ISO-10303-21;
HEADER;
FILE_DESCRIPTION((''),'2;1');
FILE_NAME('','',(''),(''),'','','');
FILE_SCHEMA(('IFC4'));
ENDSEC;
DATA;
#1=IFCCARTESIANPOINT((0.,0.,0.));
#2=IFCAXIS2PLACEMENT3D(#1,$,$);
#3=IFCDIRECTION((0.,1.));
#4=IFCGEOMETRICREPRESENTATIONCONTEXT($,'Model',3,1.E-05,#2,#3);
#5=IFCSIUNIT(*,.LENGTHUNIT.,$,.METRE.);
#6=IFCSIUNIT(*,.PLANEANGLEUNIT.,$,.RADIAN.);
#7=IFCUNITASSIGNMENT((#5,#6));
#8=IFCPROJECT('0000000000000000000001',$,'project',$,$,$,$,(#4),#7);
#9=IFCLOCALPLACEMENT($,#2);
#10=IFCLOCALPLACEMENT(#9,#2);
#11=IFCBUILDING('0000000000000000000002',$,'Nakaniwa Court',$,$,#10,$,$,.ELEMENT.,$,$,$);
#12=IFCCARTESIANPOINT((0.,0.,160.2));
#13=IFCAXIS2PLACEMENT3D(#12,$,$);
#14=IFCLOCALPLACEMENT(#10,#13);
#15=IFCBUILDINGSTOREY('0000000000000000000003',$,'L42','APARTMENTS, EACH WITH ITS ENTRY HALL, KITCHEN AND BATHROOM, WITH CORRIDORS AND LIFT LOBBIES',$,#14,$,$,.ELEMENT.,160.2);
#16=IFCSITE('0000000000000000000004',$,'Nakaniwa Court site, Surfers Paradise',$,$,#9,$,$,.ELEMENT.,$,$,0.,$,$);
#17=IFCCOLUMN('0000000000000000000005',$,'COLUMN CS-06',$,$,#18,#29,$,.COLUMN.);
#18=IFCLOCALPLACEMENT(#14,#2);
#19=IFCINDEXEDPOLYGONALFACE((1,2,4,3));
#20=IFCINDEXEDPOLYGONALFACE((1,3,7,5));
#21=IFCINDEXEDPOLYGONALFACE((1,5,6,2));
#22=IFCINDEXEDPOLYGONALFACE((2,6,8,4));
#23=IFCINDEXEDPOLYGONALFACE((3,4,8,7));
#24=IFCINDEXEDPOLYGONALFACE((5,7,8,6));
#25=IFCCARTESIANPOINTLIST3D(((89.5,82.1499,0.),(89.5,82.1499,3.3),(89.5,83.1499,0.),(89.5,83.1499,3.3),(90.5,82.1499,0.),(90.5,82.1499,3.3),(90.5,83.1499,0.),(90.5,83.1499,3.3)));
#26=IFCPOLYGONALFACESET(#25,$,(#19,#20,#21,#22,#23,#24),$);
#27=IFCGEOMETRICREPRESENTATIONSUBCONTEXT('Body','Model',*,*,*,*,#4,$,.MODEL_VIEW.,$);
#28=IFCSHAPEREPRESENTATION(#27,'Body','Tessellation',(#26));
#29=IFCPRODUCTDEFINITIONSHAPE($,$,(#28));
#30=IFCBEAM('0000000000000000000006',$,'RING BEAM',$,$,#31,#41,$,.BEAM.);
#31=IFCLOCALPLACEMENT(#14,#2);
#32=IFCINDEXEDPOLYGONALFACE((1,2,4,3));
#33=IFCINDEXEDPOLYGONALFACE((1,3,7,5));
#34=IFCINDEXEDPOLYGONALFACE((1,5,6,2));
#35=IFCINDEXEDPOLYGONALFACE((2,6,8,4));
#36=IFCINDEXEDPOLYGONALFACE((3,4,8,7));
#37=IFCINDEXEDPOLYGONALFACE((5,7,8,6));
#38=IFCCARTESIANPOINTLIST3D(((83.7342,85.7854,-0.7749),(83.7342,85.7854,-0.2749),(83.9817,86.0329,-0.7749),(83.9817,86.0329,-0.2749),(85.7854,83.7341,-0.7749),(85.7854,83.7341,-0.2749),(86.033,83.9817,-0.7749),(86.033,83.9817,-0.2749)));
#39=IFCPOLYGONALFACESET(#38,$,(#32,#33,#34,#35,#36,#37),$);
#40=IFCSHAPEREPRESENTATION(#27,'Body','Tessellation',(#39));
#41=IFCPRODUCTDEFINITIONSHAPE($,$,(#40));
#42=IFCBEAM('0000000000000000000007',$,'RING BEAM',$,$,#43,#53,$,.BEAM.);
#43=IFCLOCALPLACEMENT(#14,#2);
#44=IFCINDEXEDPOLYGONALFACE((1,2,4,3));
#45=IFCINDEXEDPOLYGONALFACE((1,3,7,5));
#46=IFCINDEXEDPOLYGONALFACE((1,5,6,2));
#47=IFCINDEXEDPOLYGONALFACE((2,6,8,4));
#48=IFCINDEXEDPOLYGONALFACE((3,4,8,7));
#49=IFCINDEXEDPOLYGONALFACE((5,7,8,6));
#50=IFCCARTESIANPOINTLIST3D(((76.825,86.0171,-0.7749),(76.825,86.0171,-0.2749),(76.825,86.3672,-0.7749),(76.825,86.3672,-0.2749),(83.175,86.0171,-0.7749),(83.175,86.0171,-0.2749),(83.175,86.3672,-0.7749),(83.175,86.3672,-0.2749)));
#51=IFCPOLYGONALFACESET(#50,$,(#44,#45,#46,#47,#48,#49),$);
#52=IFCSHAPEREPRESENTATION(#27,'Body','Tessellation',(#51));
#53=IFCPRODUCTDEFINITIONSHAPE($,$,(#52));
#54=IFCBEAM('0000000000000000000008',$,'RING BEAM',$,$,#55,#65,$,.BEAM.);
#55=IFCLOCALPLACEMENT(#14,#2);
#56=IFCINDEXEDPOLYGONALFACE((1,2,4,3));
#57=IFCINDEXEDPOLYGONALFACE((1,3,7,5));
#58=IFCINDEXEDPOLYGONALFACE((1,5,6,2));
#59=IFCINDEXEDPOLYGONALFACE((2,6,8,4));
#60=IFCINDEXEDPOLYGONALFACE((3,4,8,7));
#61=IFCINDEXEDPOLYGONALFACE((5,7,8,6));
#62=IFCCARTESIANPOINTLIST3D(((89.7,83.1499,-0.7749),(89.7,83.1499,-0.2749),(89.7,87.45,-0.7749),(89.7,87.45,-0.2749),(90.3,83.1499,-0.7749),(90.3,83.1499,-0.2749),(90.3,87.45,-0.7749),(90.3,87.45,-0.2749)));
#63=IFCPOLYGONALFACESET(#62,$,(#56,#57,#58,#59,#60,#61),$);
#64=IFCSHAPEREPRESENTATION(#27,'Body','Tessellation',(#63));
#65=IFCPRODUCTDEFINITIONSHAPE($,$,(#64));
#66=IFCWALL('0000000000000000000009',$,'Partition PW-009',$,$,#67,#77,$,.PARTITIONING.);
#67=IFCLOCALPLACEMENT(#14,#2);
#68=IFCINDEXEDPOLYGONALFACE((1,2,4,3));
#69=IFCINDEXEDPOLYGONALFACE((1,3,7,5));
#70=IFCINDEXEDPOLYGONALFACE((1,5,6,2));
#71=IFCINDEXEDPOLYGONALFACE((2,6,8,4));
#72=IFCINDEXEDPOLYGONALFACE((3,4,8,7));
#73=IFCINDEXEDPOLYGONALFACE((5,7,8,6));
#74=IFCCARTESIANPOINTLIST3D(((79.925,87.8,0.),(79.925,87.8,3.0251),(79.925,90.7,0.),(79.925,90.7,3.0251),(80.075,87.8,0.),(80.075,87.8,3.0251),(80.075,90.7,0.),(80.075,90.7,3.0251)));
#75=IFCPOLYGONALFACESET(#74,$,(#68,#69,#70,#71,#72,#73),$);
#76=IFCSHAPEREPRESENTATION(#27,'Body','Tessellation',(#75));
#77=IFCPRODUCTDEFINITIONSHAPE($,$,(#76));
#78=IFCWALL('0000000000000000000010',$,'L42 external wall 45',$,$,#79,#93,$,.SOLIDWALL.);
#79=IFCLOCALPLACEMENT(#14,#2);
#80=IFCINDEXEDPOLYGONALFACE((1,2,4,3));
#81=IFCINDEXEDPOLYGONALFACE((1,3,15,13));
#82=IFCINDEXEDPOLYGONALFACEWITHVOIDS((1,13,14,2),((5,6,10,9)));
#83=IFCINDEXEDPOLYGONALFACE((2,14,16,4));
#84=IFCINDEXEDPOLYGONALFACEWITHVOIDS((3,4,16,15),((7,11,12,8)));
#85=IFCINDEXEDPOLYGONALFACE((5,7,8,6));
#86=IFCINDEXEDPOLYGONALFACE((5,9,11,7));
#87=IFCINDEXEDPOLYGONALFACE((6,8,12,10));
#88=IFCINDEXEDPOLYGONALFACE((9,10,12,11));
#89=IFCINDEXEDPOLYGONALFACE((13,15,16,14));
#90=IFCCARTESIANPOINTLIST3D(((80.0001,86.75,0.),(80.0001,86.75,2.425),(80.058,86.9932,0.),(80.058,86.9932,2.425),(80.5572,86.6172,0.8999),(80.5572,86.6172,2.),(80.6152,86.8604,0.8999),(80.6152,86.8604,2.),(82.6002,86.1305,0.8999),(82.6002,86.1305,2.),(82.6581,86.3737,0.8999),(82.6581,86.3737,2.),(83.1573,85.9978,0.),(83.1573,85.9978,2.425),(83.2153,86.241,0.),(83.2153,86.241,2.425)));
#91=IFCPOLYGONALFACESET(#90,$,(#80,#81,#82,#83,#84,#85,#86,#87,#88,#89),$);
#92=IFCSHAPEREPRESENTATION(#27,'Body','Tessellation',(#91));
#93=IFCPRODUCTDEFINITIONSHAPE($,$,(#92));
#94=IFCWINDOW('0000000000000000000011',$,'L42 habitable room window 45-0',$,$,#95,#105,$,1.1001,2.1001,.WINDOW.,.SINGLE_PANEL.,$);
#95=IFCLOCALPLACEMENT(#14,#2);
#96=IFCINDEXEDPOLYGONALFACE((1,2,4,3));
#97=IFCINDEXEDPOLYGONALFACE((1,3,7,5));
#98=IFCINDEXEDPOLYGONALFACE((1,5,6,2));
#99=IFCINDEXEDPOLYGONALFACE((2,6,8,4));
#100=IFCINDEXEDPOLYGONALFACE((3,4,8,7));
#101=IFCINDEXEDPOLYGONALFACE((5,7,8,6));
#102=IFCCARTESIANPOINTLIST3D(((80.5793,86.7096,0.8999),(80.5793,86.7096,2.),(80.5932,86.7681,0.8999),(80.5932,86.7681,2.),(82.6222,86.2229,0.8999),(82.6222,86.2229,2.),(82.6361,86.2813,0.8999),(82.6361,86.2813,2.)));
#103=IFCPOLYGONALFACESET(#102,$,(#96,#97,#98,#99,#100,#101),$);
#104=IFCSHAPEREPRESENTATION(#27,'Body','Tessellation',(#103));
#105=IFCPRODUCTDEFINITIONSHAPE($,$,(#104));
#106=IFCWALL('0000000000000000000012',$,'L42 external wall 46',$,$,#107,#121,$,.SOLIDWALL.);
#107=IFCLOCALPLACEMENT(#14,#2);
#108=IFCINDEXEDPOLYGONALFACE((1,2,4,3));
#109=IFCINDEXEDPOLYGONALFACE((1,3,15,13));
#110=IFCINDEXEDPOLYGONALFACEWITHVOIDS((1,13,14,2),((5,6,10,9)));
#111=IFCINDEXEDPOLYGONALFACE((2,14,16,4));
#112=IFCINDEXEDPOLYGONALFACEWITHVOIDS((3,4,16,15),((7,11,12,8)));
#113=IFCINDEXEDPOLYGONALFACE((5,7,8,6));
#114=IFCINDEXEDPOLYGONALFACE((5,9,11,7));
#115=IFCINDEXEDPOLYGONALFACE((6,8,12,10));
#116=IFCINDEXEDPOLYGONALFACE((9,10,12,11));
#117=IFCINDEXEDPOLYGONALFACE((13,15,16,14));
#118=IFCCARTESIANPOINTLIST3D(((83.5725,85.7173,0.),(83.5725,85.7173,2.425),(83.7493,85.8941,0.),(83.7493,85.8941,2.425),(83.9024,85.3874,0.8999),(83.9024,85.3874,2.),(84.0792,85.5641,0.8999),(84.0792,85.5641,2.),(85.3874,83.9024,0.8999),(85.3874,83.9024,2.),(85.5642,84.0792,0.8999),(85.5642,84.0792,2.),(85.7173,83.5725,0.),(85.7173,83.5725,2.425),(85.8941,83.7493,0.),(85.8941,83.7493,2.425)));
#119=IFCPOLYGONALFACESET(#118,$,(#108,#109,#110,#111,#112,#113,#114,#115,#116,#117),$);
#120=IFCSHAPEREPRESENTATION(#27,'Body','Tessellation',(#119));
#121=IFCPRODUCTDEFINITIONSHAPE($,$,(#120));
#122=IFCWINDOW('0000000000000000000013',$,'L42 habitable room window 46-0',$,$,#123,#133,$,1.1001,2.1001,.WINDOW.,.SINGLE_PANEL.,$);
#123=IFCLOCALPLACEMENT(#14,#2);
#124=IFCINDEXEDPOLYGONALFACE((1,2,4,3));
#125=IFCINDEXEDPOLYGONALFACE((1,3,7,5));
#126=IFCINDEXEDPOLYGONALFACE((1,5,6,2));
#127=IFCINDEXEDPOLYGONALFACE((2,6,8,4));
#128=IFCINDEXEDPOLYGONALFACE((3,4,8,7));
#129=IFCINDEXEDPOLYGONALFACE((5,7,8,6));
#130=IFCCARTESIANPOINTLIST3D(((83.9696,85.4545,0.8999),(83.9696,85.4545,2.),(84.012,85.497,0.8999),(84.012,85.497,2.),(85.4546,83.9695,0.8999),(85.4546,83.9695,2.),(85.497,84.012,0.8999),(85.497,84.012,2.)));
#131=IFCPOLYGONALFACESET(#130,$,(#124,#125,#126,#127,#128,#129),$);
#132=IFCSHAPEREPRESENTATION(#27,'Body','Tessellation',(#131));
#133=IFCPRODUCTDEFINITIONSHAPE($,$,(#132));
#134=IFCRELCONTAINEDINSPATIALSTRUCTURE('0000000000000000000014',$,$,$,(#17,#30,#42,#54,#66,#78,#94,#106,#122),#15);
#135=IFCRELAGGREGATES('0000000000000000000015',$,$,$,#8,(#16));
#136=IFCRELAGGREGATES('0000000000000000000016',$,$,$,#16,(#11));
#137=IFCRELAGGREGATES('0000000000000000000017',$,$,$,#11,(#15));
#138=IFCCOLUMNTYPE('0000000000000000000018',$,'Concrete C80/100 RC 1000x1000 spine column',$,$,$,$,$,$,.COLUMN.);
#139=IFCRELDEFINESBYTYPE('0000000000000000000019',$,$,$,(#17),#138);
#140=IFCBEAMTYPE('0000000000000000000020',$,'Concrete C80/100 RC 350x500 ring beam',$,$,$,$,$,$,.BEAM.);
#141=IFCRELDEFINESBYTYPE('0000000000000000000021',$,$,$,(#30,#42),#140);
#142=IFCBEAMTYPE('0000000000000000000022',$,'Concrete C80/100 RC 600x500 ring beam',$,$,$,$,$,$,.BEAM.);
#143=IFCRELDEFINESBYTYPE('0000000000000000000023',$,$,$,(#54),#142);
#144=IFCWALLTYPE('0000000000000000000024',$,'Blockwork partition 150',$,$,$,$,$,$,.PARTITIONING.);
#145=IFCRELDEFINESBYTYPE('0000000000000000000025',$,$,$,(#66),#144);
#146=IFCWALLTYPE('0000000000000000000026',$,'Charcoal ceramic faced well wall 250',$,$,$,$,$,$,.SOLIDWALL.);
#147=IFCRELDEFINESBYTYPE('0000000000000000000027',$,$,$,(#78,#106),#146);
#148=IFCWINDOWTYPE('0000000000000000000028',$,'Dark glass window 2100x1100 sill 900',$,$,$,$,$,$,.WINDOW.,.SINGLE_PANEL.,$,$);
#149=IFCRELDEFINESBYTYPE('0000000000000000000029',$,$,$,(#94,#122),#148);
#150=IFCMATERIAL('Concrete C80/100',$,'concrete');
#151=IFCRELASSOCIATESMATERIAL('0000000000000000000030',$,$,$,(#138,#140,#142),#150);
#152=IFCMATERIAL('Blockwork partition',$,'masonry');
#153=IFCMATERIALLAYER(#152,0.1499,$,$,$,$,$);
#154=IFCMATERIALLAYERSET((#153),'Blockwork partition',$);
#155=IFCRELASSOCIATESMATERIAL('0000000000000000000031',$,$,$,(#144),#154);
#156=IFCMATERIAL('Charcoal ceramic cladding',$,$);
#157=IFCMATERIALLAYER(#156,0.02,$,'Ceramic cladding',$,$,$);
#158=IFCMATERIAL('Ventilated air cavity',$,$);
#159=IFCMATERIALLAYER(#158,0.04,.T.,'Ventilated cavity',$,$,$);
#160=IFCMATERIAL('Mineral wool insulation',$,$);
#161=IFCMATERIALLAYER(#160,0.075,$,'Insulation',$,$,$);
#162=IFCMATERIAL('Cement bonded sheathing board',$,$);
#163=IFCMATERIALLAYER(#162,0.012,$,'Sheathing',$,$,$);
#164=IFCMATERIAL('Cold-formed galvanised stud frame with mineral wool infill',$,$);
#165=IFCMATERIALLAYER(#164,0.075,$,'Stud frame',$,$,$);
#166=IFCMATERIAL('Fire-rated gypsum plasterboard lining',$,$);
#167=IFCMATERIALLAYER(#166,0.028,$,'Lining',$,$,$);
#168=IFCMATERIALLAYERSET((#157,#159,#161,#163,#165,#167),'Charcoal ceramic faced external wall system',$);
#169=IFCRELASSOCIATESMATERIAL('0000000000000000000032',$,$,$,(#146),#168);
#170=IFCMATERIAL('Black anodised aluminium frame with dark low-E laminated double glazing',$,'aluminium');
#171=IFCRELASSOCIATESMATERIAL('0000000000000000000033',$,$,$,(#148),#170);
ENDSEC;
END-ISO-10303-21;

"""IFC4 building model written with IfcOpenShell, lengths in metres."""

from ifc_helpers import new_model, si_unit, direction, frame, frame_2d, origin, origin_2d, place, context, subcontext, project, spatial, rectangle, extrude, material, layer, layer_set, material_profile, profile_set, type_object, element, fill, save


model = new_model("IFC4")

# Units and contexts
model_context = context("Model", 3, precision=1e-05, world=origin(), true_north=direction((0.0, 1.0)))
body_context = subcontext(model_context, "Body", "Model", "MODEL_VIEW")
ifc_project = project(units=[si_unit("LENGTHUNIT", "METRE"), si_unit("PLANEANGLEUNIT", "RADIAN")], contexts=[model_context])

# Site, building, storey
site_placement = place(None, origin())
site = spatial("IfcSite", under=ifc_project, at=site_placement, Name="Nakaniwa Court site, Surfers Paradise", CompositionType="ELEMENT", RefElevation=0.0)
building_placement = place(site_placement, origin())
building = spatial("IfcBuilding", under=site, at=building_placement, Name="Nakaniwa Court", CompositionType="ELEMENT")
storey_placement = place(building_placement, frame((0.0, 0.0, 160.2)))
storey = spatial("IfcBuildingStorey", under=building, at=storey_placement, Name="L42", Description="APARTMENTS, EACH WITH ITS ENTRY HALL, KITCHEN AND BATHROOM, WITH CORRIDORS AND LIFT LOBBIES", CompositionType="ELEMENT", Elevation=160.2)

# Column
ifc_material_1 = material(Name="Concrete C80/100", Category="concrete")
ifc_material_profile_1 = material_profile(ifc_material_1, rectangle(XDim=1.0, YDim=1.0, at=origin_2d()), Name="Concrete C80/100 RC 1000x1000 spine column")
ifc_profile_set_1 = profile_set([ifc_material_profile_1], Name="Concrete C80/100")
column_type_1 = type_object("IfcColumnType", Name="Concrete C80/100 RC 1000x1000 spine column", PredefinedType="COLUMN", material=ifc_profile_set_1)
column_placement = place(storey_placement, frame((90.0, 82.6499, 0.0), z_axis=(0.0, 0.0, 1.0), x_axis=(0.0, 1.0, 0.0)))
element("IfcColumn", 1, at=column_placement, inside=storey, type_object=column_type_1, Name="COLUMN CS-06", PredefinedType="COLUMN", context=body_context, shape_type="SweptSolid", body=[
    extrude(rectangle(XDim=1.0, YDim=1.0, at=origin_2d()), origin(), (0.0, 0.0, 1.0), 3.3),
])

# Beams
ifc_material_profile_2 = material_profile(ifc_material_1, rectangle(XDim=0.3501, YDim=0.5, at=origin_2d()), Name="Concrete C80/100 RC 350x500 ring beam")
ifc_profile_set_2 = profile_set([ifc_material_profile_2], Name="Concrete C80/100")
beam_type_1 = type_object("IfcBeamType", Name="Concrete C80/100 RC 350x500 ring beam", PredefinedType="BEAM", material=ifc_profile_set_2)
beam_1_placement = place(storey_placement, frame((85.9092, 83.8579, -0.5249), z_axis=(-0.707107, 0.707107, 0.0), x_axis=(-0.707107, -0.707107, 0.0)))
element("IfcBeam", 2, at=beam_1_placement, inside=storey, type_object=beam_type_1, Name="RING BEAM", PredefinedType="BEAM", context=body_context, shape_type="SweptSolid", body=[
    extrude(rectangle(XDim=0.3501, YDim=0.5, at=origin_2d()), origin(), (0.0, 0.0, 1.0), 2.9009),
])
beam_2_placement = place(storey_placement, frame((83.175, 86.1921, -0.5249), z_axis=(-1.0, 0.0, 0.0), x_axis=(0.0, -1.0, 0.0)))
element("IfcBeam", 3, at=beam_2_placement, inside=storey, type_object=beam_type_1, Name="RING BEAM", PredefinedType="BEAM", context=body_context, shape_type="SweptSolid", body=[
    extrude(rectangle(XDim=0.3501, YDim=0.5, at=origin_2d()), origin(), (0.0, 0.0, 1.0), 6.3501),
])
ifc_material_profile_3 = material_profile(ifc_material_1, rectangle(XDim=0.6001, YDim=0.5, at=origin_2d()), Name="Concrete C80/100 RC 600x500 ring beam")
ifc_profile_set_3 = profile_set([ifc_material_profile_3], Name="Concrete C80/100")
beam_type_2 = type_object("IfcBeamType", Name="Concrete C80/100 RC 600x500 ring beam", PredefinedType="BEAM", material=ifc_profile_set_3)
beam_3_placement = place(storey_placement, frame((90.0, 83.1499, -0.5249), z_axis=(0.0, 1.0, 0.0), x_axis=(-1.0, 0.0, 0.0)))
element("IfcBeam", 4, at=beam_3_placement, inside=storey, type_object=beam_type_2, Name="RING BEAM", PredefinedType="BEAM", context=body_context, shape_type="SweptSolid", body=[
    extrude(rectangle(XDim=0.6001, YDim=0.5, at=origin_2d()), origin(), (0.0, 0.0, 1.0), 4.3),
])

# Wall
ifc_material_2 = material(Name="Blockwork partition", Category="masonry")
ifc_layer_1 = layer(ifc_material_2, 0.1499)
ifc_layer_set_1 = layer_set([ifc_layer_1], Name="Blockwork partition")
wall_type_1 = type_object("IfcWallType", Name="Blockwork partition 150", PredefinedType="PARTITIONING", material=ifc_layer_set_1)
wall_1_placement = place(storey_placement, frame((80.0, 87.8, 0.0), z_axis=(0.0, 0.0, 1.0), x_axis=(0.0, 1.0, 0.0)))
element("IfcWall", 5, at=wall_1_placement, inside=storey, type_object=wall_type_1, Name="Partition PW-009", PredefinedType="PARTITIONING", context=body_context, shape_type="SweptSolid", body=[
    extrude(rectangle(XDim=2.8999, YDim=0.1499, at=frame_2d((1.45, 0.0))), origin(), (0.0, 0.0, 1.0), 3.0251),
])

# Walls, openings, windows
ifc_material_3 = material(Name="Charcoal ceramic cladding")
ifc_layer_2 = layer(ifc_material_3, 0.02, Name="Ceramic cladding")
ifc_material_4 = material(Name="Ventilated air cavity")
ifc_layer_3 = layer(ifc_material_4, 0.04, ventilated=True, Name="Ventilated cavity")
ifc_material_5 = material(Name="Mineral wool insulation")
ifc_layer_4 = layer(ifc_material_5, 0.075, Name="Insulation")
ifc_material_6 = material(Name="Cement bonded sheathing board")
ifc_layer_5 = layer(ifc_material_6, 0.012, Name="Sheathing")
ifc_material_7 = material(Name="Cold-formed galvanised stud frame with mineral wool infill")
ifc_layer_6 = layer(ifc_material_7, 0.075, Name="Stud frame")
ifc_material_8 = material(Name="Fire-rated gypsum plasterboard lining")
ifc_layer_7 = layer(ifc_material_8, 0.028, Name="Lining")
ifc_layer_set_2 = layer_set([ifc_layer_2, ifc_layer_3, ifc_layer_4, ifc_layer_5, ifc_layer_6, ifc_layer_7], Name="Charcoal ceramic faced external wall system")
wall_type_2 = type_object("IfcWallType", Name="Charcoal ceramic faced well wall 250", PredefinedType="SOLIDWALL", material=ifc_layer_set_2)
wall_2_placement = place(storey_placement, frame((80.0291, 86.8716, 0.0), z_axis=(0.0, 0.0, 1.0), x_axis=(0.972773, -0.23176, 0.0)))
wall_2 = element("IfcWall", 6, at=wall_2_placement, inside=storey, type_object=wall_type_2, Name="L42 external wall 45", PredefinedType="SOLIDWALL", context=body_context, shape_type="SweptSolid", body=[
    extrude(rectangle(XDim=3.2456, YDim=0.25, at=frame_2d((1.6228, 0.0))), origin(), (0.0, 0.0, 1.0), 2.425),
])
opening_1_placement = place(wall_2_placement, frame((0.5728, 0.0, 0.8999)))
opening_1 = element("IfcOpeningElement", 7, at=opening_1_placement, cuts=wall_2, PredefinedType="OPENING", context=body_context, shape_type="SweptSolid", body=[
    extrude(rectangle(XDim=2.1001, YDim=1.1001, at=frame_2d((1.05, 0.55))), frame((0.0, 0.135, 0.0), z_axis=(0.0, -1.0, 0.0), x_axis=(1.0, 0.0, 0.0)), (0.0, 0.0, 1.0), 0.27),
])
ifc_material_9 = material(Name="Black anodised aluminium frame with dark low-E laminated double glazing", Category="aluminium")
window_type_1 = type_object("IfcWindowType", Name="Dark glass window 2100x1100 sill 900", PartitioningType="SINGLE_PANEL", PredefinedType="WINDOW", material=ifc_material_9)
window_1_placement = place(opening_1_placement, origin())
window_1 = element("IfcWindow", 8, at=window_1_placement, inside=storey, type_object=window_type_1, Name="L42 habitable room window 45-0", OverallHeight=1.1001, OverallWidth=2.1001, PartitioningType="SINGLE_PANEL", PredefinedType="WINDOW", context=body_context, shape_type="SweptSolid", body=[
    extrude(rectangle(XDim=2.1001, YDim=1.1001, at=frame_2d((1.05, 0.55))), frame((0.0, 0.03, 0.0), z_axis=(0.0, -1.0, 0.0), x_axis=(1.0, 0.0, 0.0)), (0.0, 0.0, 1.0), 0.0601),
])
fill(opening_1, window_1)
wall_3_placement = place(storey_placement, frame((83.6609, 85.8057, 0.0), z_axis=(0.0, 0.0, 1.0), x_axis=(0.707107, -0.707107, 0.0)))
wall_3 = element("IfcWall", 9, at=wall_3_placement, inside=storey, type_object=wall_type_2, Name="L42 external wall 46", PredefinedType="SOLIDWALL", context=body_context, shape_type="SweptSolid", body=[
    extrude(rectangle(XDim=3.0332, YDim=0.25, at=frame_2d((1.5166, 0.0))), origin(), (0.0, 0.0, 1.0), 2.425),
])
opening_2_placement = place(wall_3_placement, frame((0.4666, 0.0, 0.8999)))
opening_2 = element("IfcOpeningElement", 10, at=opening_2_placement, cuts=wall_3, PredefinedType="OPENING", context=body_context, shape_type="SweptSolid", body=[
    extrude(rectangle(XDim=2.1001, YDim=1.1001, at=frame_2d((1.05, 0.55))), frame((0.0, 0.135, 0.0), z_axis=(0.0, -1.0, 0.0), x_axis=(1.0, 0.0, 0.0)), (0.0, 0.0, 1.0), 0.27),
])
window_2_placement = place(opening_2_placement, origin())
window_2 = element("IfcWindow", 11, at=window_2_placement, inside=storey, type_object=window_type_1, Name="L42 habitable room window 46-0", OverallHeight=1.1001, OverallWidth=2.1001, PartitioningType="SINGLE_PANEL", PredefinedType="WINDOW", context=body_context, shape_type="SweptSolid", body=[
    extrude(rectangle(XDim=2.1001, YDim=1.1001, at=frame_2d((1.05, 0.55))), frame((0.0, 0.03, 0.0), z_axis=(0.0, -1.0, 0.0), x_axis=(1.0, 0.0, 0.0)), (0.0, 0.0, 1.0), 0.0601),
])
fill(opening_2, window_2)

save(model, "model.ifc")
